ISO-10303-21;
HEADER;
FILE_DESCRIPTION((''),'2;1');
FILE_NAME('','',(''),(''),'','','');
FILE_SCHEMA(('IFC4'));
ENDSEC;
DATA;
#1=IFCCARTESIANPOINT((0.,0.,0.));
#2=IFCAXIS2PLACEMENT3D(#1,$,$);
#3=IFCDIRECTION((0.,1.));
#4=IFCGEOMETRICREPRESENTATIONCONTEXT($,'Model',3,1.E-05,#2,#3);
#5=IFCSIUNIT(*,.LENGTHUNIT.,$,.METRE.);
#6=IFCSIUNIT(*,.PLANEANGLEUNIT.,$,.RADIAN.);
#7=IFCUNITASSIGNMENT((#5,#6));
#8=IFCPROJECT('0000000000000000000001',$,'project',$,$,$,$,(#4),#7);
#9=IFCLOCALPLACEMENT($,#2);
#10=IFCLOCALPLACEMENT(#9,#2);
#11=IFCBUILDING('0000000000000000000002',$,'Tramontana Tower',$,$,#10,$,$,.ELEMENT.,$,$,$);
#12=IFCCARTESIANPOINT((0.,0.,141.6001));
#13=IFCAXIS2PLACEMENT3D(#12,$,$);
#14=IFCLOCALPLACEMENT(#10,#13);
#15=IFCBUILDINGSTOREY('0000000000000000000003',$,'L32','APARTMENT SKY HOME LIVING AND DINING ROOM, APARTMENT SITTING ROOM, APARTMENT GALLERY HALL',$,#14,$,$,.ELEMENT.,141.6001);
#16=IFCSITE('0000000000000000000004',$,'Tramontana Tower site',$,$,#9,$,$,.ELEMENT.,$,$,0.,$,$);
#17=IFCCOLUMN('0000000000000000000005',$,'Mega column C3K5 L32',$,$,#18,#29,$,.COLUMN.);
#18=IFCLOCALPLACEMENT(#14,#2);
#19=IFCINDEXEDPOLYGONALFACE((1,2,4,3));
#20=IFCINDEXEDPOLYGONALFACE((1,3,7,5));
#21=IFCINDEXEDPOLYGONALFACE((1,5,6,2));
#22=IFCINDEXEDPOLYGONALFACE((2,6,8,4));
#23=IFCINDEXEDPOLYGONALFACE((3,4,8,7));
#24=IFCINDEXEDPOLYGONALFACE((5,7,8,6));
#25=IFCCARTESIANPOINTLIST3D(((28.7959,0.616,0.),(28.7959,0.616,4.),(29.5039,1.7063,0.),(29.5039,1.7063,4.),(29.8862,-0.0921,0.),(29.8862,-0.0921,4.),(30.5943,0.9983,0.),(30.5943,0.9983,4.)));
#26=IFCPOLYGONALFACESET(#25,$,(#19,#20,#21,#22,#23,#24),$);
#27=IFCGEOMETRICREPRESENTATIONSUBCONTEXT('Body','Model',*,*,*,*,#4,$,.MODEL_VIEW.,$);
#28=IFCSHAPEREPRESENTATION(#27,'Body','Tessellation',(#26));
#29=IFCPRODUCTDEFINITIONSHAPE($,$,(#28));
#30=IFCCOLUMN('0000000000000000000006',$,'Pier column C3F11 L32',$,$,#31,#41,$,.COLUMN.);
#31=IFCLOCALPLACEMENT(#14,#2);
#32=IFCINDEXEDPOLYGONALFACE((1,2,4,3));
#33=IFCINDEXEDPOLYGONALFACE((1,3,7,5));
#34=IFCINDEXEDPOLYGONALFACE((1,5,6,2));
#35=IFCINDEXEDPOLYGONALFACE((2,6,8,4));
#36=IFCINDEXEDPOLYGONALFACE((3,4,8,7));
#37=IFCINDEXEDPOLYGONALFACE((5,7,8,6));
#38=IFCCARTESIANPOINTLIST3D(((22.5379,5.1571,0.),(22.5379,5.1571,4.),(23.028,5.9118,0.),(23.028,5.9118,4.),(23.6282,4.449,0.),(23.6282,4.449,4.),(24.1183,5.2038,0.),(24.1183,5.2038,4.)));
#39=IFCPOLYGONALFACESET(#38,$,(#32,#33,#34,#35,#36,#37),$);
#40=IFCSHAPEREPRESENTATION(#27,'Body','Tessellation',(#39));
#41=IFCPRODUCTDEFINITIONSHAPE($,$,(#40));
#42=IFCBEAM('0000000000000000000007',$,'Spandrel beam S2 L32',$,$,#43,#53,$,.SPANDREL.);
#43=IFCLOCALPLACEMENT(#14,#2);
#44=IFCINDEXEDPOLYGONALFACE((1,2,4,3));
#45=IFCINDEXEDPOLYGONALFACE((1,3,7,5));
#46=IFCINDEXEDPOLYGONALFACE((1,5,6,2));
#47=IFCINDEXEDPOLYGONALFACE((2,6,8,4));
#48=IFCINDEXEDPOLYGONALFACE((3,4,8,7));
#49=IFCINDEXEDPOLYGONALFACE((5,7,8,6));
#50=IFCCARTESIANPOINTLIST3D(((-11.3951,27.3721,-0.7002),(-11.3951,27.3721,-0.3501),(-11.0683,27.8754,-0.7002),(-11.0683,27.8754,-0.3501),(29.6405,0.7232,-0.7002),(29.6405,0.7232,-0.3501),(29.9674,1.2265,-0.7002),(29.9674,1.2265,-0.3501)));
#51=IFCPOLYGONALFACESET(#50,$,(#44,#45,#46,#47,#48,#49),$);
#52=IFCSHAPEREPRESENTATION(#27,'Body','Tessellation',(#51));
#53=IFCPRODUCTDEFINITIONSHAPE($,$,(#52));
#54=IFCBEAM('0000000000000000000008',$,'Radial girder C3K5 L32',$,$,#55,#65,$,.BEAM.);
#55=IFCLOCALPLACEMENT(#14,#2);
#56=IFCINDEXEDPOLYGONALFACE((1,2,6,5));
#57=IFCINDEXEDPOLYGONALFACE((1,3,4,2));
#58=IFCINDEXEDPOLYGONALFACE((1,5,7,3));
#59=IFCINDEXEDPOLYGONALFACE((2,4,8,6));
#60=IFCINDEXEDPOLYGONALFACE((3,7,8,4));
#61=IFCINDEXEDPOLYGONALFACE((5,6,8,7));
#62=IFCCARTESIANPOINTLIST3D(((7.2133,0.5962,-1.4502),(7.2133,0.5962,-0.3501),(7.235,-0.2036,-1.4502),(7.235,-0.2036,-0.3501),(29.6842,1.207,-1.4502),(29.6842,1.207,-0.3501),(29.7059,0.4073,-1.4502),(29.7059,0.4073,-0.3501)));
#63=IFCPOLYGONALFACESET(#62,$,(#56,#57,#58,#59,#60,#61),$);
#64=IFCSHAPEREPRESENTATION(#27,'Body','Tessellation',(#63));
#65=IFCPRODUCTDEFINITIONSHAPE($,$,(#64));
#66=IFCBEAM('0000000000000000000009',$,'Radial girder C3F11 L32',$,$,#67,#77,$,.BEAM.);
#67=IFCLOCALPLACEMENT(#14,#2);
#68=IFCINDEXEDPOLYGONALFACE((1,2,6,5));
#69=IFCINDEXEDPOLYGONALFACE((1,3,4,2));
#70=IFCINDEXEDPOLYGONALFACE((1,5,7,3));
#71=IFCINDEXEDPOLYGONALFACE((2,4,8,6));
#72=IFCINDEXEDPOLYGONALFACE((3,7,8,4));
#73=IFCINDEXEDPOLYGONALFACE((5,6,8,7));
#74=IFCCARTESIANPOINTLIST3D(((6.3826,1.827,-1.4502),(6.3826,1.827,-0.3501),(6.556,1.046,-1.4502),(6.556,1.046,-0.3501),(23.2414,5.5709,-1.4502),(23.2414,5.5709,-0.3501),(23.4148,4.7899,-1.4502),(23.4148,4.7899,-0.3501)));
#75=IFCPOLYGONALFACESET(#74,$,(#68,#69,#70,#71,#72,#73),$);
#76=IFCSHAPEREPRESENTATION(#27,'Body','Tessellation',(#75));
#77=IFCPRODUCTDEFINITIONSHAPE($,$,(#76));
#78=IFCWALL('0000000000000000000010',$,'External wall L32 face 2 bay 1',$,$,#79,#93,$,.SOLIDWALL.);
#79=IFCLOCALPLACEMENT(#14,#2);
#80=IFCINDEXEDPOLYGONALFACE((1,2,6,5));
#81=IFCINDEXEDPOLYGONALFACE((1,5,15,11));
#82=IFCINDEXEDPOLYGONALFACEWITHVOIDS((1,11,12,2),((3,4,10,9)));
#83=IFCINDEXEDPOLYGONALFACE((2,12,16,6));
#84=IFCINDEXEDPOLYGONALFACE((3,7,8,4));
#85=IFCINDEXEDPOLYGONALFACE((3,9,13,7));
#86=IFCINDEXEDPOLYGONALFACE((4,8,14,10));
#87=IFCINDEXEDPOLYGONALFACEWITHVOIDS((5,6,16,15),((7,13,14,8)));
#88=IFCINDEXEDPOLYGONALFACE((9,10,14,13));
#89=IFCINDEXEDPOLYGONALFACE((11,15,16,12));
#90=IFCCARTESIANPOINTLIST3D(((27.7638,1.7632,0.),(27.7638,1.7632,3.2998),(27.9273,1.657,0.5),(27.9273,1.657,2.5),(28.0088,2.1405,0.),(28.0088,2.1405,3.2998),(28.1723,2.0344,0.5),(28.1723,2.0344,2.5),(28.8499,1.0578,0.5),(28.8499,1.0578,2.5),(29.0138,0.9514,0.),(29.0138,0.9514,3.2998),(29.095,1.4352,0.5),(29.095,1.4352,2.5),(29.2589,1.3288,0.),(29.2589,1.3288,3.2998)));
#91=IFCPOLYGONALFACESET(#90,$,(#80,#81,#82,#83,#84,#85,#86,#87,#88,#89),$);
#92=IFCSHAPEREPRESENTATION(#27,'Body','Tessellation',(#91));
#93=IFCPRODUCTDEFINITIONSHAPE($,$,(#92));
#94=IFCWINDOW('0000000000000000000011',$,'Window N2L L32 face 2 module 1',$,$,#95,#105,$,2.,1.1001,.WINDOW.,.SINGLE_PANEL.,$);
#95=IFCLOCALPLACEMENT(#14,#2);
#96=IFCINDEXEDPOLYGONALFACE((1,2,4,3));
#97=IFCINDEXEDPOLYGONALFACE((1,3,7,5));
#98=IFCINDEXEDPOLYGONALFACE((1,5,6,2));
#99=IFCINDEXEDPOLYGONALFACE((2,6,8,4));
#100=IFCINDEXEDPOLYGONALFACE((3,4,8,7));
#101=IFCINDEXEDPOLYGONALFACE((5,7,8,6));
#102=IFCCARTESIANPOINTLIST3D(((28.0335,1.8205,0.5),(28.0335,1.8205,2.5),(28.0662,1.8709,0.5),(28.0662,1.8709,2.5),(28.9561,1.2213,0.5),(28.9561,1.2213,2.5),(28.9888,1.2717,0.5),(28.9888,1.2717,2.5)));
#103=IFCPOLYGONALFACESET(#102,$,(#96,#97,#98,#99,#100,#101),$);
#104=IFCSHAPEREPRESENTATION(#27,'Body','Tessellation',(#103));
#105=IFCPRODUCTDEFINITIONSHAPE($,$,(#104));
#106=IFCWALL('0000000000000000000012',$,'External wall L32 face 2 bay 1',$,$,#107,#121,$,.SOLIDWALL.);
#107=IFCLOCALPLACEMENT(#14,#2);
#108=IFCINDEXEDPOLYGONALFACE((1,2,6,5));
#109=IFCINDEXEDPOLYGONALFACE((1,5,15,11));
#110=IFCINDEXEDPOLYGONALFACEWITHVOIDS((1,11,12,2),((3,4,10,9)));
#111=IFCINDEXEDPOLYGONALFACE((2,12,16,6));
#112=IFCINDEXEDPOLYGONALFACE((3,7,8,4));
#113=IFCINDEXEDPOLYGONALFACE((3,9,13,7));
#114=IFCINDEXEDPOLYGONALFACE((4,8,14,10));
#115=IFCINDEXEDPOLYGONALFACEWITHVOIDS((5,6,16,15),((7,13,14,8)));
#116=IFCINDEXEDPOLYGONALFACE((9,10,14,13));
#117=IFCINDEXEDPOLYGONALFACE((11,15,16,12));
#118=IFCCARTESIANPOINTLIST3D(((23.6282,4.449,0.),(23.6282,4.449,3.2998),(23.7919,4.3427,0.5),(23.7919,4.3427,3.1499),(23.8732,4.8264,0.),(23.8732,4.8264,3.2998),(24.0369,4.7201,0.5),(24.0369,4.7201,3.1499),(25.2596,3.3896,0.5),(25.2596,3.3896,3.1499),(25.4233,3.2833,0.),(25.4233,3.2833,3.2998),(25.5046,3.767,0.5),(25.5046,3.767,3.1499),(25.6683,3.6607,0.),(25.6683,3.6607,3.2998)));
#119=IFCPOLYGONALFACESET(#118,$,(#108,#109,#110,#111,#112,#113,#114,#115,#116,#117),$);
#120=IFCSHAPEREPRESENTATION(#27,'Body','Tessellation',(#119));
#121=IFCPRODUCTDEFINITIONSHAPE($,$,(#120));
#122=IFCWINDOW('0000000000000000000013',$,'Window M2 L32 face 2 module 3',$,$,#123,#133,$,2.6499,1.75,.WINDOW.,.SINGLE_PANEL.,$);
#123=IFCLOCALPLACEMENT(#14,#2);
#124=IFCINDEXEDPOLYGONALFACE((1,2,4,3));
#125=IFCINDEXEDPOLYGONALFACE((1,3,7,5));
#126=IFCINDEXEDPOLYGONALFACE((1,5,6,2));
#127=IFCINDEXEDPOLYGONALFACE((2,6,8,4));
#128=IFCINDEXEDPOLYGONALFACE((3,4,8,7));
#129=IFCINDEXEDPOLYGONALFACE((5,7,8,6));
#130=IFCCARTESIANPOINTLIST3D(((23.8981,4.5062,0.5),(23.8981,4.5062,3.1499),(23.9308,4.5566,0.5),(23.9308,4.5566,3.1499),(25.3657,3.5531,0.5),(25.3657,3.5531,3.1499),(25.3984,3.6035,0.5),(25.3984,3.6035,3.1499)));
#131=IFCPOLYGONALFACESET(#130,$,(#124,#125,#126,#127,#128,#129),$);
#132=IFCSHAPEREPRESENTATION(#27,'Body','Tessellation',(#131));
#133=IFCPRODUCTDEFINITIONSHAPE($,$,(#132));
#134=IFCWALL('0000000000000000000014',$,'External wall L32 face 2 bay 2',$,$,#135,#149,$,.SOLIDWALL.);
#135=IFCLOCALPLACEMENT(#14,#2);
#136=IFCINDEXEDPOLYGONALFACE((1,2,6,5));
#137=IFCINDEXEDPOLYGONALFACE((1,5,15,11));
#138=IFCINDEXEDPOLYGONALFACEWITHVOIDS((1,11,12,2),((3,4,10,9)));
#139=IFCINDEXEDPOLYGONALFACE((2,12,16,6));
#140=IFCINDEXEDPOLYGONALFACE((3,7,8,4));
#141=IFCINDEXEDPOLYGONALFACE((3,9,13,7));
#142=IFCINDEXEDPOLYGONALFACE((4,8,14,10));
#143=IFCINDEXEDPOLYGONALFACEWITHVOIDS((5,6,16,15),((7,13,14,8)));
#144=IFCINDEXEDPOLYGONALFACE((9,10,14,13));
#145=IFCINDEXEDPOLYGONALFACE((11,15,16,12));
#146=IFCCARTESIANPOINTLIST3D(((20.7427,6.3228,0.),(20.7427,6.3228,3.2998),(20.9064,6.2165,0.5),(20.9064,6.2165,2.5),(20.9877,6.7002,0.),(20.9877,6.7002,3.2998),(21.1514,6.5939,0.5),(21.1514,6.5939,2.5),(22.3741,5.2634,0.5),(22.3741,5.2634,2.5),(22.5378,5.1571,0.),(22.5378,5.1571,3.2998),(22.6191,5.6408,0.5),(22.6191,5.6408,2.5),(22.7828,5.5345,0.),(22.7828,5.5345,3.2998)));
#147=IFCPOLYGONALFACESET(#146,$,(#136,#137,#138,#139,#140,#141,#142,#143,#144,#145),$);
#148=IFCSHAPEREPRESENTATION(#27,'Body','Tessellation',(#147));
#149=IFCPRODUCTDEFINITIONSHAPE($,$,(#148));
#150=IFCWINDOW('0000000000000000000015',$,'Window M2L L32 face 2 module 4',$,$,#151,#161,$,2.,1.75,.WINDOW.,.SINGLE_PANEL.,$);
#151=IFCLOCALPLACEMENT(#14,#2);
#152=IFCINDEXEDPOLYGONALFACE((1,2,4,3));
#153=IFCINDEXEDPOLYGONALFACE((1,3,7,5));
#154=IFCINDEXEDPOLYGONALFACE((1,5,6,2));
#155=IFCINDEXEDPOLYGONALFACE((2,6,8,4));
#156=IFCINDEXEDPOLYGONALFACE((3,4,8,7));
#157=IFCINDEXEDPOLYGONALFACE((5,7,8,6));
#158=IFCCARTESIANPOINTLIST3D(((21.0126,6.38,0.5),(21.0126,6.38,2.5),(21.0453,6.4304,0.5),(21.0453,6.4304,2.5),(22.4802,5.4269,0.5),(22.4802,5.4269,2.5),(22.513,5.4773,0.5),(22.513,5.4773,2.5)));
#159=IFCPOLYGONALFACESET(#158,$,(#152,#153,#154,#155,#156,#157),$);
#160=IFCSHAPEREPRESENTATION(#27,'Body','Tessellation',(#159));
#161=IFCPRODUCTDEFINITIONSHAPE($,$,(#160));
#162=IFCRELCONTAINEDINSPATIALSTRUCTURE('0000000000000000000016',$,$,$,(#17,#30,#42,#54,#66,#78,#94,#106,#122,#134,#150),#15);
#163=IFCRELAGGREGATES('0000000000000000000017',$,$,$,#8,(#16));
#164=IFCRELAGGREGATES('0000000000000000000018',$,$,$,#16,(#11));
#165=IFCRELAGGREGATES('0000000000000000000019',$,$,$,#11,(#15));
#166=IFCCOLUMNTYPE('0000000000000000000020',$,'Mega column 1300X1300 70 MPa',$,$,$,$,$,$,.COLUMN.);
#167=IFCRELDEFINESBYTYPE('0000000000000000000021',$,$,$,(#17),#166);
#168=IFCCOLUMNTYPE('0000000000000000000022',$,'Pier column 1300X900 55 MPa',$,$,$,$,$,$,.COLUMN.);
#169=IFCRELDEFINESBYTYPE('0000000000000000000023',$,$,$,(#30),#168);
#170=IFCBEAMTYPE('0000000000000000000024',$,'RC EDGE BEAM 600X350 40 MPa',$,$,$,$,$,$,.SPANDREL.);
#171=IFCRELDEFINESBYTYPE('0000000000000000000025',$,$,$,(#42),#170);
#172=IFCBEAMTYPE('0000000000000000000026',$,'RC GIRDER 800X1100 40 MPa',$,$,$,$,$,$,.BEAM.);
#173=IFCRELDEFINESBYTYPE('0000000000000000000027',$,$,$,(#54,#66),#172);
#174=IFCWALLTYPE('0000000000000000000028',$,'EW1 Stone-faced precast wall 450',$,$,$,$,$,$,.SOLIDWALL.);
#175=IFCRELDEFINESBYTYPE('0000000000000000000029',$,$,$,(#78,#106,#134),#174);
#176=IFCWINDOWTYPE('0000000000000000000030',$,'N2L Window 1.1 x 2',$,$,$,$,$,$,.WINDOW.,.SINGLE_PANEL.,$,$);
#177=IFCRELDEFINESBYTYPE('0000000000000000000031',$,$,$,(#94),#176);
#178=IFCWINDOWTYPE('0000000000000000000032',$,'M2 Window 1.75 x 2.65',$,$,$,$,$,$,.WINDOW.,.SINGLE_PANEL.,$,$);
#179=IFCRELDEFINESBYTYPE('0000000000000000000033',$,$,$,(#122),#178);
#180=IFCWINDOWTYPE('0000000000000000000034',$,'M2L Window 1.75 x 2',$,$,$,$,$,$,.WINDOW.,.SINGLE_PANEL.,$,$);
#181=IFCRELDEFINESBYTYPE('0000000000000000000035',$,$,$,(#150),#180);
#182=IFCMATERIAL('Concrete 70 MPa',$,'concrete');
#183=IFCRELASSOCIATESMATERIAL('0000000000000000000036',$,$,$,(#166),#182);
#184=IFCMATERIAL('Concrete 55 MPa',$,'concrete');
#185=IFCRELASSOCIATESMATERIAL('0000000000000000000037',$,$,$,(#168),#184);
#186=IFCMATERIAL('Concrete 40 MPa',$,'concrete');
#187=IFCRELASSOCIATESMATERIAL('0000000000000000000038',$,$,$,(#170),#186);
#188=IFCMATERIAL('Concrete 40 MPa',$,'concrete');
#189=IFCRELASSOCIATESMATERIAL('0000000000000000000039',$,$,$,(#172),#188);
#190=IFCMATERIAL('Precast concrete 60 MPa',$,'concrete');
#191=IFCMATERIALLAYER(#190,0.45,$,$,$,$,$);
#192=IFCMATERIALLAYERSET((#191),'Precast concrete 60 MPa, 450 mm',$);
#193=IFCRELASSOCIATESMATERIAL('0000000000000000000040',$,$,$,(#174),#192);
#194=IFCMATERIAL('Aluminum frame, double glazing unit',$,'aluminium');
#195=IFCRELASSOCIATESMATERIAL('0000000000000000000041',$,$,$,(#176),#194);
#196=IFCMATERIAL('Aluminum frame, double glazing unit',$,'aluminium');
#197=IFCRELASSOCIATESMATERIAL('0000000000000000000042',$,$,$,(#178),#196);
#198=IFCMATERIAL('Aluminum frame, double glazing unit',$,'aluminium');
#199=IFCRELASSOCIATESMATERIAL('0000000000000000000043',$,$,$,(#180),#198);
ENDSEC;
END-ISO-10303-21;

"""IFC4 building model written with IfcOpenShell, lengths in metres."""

from ifc_helpers import new_model, si_unit, direction, frame, frame_2d, origin, origin_2d, place, context, subcontext, project, spatial, rectangle, extrude, material, layer, layer_set, material_profile, profile_set, type_object, element, fill, save


model = new_model("IFC4")

# Units and contexts
model_context = context("Model", 3, precision=1e-05, world=origin(), true_north=direction((0.0, 1.0)))
body_context = subcontext(model_context, "Body", "Model", "MODEL_VIEW")
ifc_project = project(units=[si_unit("LENGTHUNIT", "METRE"), si_unit("PLANEANGLEUNIT", "RADIAN")], contexts=[model_context])

# Site, building, storey
site_placement = place(None, origin())
site = spatial("IfcSite", under=ifc_project, at=site_placement, Name="Tramontana Tower site", CompositionType="ELEMENT", RefElevation=0.0)
building_placement = place(site_placement, origin())
building = spatial("IfcBuilding", under=site, at=building_placement, Name="Tramontana Tower", CompositionType="ELEMENT")
storey_placement = place(building_placement, frame((0.0, 0.0, 141.6001)))
storey = spatial("IfcBuildingStorey", under=building, at=storey_placement, Name="L32", Description="APARTMENT SKY HOME LIVING AND DINING ROOM, APARTMENT SITTING ROOM, APARTMENT GALLERY HALL", CompositionType="ELEMENT", Elevation=141.6001)

# Columns
ifc_material_1 = material(Name="Concrete 70 MPa", Category="concrete")
ifc_material_profile_1 = material_profile(ifc_material_1, rectangle(XDim=1.3, YDim=1.3, at=origin_2d()), Name="Mega column 1300X1300 70 MPa")
ifc_profile_set_1 = profile_set([ifc_material_profile_1], Name="Concrete 70 MPa")
column_type_1 = type_object("IfcColumnType", Name="Mega column 1300X1300 70 MPa", PredefinedType="COLUMN", material=ifc_profile_set_1)
column_1_placement = place(storey_placement, frame((29.6951, 0.8071, 0.0), z_axis=(0.0, 0.0, 1.0), x_axis=(-0.838671, 0.544639, 0.0)))
element("IfcColumn", 1, at=column_1_placement, inside=storey, type_object=column_type_1, Name="Mega column C3K5 L32", PredefinedType="COLUMN", context=body_context, shape_type="SweptSolid", body=[
    extrude(rectangle(XDim=1.3, YDim=1.3, at=origin_2d()), origin(), (0.0, 0.0, 1.0), 4.0),
])
ifc_material_2 = material(Name="Concrete 55 MPa", Category="concrete")
ifc_material_profile_2 = material_profile(ifc_material_2, rectangle(XDim=1.3, YDim=0.8999, at=origin_2d()), Name="Pier column 1300X900 55 MPa")
ifc_profile_set_2 = profile_set([ifc_material_profile_2], Name="Concrete 55 MPa")
column_type_2 = type_object("IfcColumnType", Name="Pier column 1300X900 55 MPa", PredefinedType="COLUMN", material=ifc_profile_set_2)
column_2_placement = place(storey_placement, frame((23.3281, 5.1804, 0.0), z_axis=(0.0, 0.0, 1.0), x_axis=(-0.838671, 0.544639, 0.0)))
element("IfcColumn", 2, at=column_2_placement, inside=storey, type_object=column_type_2, Name="Pier column C3F11 L32", PredefinedType="COLUMN", context=body_context, shape_type="SweptSolid", body=[
    extrude(rectangle(XDim=1.3, YDim=0.8999, at=origin_2d()), origin(), (0.0, 0.0, 1.0), 4.0),
])

# Beams
ifc_material_3 = material(Name="Concrete 40 MPa", Category="concrete")
ifc_material_profile_3 = material_profile(ifc_material_3, rectangle(XDim=0.6001, YDim=0.3501, at=origin_2d()), Name="RC EDGE BEAM 600X350 40 MPa")
ifc_profile_set_3 = profile_set([ifc_material_profile_3], Name="Concrete 40 MPa")
beam_type_1 = type_object("IfcBeamType", Name="RC EDGE BEAM 600X350 40 MPa", PredefinedType="SPANDREL", material=ifc_profile_set_3)
beam_1_placement = place(storey_placement, frame((29.804, 0.9749, -0.5251), z_axis=(-0.83867, 0.54464, 0.0), x_axis=(-0.54464, -0.83867, 0.0)))
element("IfcBeam", 3, at=beam_1_placement, inside=storey, type_object=beam_type_1, Name="Spandrel beam S2 L32", PredefinedType="SPANDREL", context=body_context, shape_type="SweptSolid", body=[
    extrude(rectangle(XDim=0.6001, YDim=0.3501, at=origin_2d()), origin(), (0.0, 0.0, 1.0), 48.9294),
])
ifc_material_4 = material(Name="Concrete 40 MPa", Category="concrete")
ifc_material_profile_4 = material_profile(ifc_material_4, rectangle(XDim=0.8, YDim=1.1001, at=origin_2d()), Name="RC GIRDER 800X1100 40 MPa")
ifc_profile_set_4 = profile_set([ifc_material_profile_4], Name="Concrete 40 MPa")
beam_type_2 = type_object("IfcBeamType", Name="RC GIRDER 800X1100 40 MPa", PredefinedType="BEAM", material=ifc_profile_set_4)
beam_2_placement = place(storey_placement, frame((29.6951, 0.8071, -0.9001), z_axis=(-0.999631, -0.027173, 0.0), x_axis=(0.027173, -0.999631, 0.0)))
element("IfcBeam", 4, at=beam_2_placement, inside=storey, type_object=beam_type_2, Name="Radial girder C3K5 L32", PredefinedType="BEAM", context=body_context, shape_type="SweptSolid", body=[
    extrude(rectangle(XDim=0.8, YDim=1.1001, at=origin_2d()), origin(), (0.0, 0.0, 1.0), 22.4792),
])
beam_3_placement = place(storey_placement, frame((23.3281, 5.1804, -0.9001), z_axis=(-0.976218, -0.216791, 0.0), x_axis=(0.216791, -0.976218, 0.0)))
element("IfcBeam", 5, at=beam_3_placement, inside=storey, type_object=beam_type_2, Name="Radial girder C3F11 L32", PredefinedType="BEAM", context=body_context, shape_type="SweptSolid", body=[
    extrude(rectangle(XDim=0.8, YDim=1.1001, at=origin_2d()), origin(), (0.0, 0.0, 1.0), 17.2695),
])

# Walls, openings, windows
ifc_material_5 = material(Name="Precast concrete 60 MPa", Category="concrete")
ifc_layer_1 = layer(ifc_material_5, 0.45)
ifc_layer_set_1 = layer_set([ifc_layer_1], Name="Precast concrete 60 MPa, 450 mm")
wall_type_1 = type_object("IfcWallType", Name="EW1 Stone-faced precast wall 450", PredefinedType="SOLIDWALL", material=ifc_layer_set_1)
wall_1_placement = place(storey_placement, frame((29.1362, 1.1401, 0.0), z_axis=(0.0, 0.0, 1.0), x_axis=(-0.838668, 0.544643, 0.0)))
wall_1 = element("IfcWall", 6, at=wall_1_placement, inside=storey, type_object=wall_type_1, Name="External wall L32 face 2 bay 1", PredefinedType="SOLIDWALL", context=body_context, shape_type="SweptSolid", body=[
    extrude(rectangle(XDim=1.4905, YDim=0.45, at=frame_2d((0.7451, 0.0))), origin(), (0.0, 0.0, 1.0), 3.2998),
])
opening_1_placement = place(wall_1_placement, frame((0.1953, 0.0, 0.5)))
opening_1 = element("IfcOpeningElement", 7, at=opening_1_placement, cuts=wall_1, PredefinedType="OPENING", context=body_context, shape_type="SweptSolid", body=[
    extrude(rectangle(XDim=1.1001, YDim=2.0, at=frame_2d((0.55, 1.0))), frame((0.0, 0.2349, 0.0), z_axis=(0.0, -1.0, 0.0), x_axis=(1.0, 0.0, 0.0)), (0.0, 0.0, 1.0), 0.47),
])
ifc_material_6 = material(Name="Aluminum frame, double glazing unit", Category="aluminium")
window_type_1 = type_object("IfcWindowType", Name="N2L Window 1.1 x 2", PartitioningType="SINGLE_PANEL", PredefinedType="WINDOW", material=ifc_material_6)
window_1_placement = place(opening_1_placement, origin())
window_1 = element("IfcWindow", 8, at=window_1_placement, inside=storey, type_object=window_type_1, Name="Window N2L L32 face 2 module 1", OverallHeight=2.0, OverallWidth=1.1001, PartitioningType="SINGLE_PANEL", PredefinedType="WINDOW", context=body_context, shape_type="SweptSolid", body=[
    extrude(rectangle(XDim=1.1001, YDim=2.0, at=frame_2d((0.55, 1.0))), frame((0.0, 0.03, 0.0), z_axis=(0.0, -1.0, 0.0), x_axis=(1.0, 0.0, 0.0)), (0.0, 0.0, 1.0), 0.0601),
])
fill(opening_1, window_1)
wall_2_placement = place(storey_placement, frame((25.5459, 3.4719, 0.0), z_axis=(0.0, 0.0, 1.0), x_axis=(-0.838675, 0.544631, 0.0)))
wall_2 = element("IfcWall", 9, at=wall_2_placement, inside=storey, type_object=wall_type_1, Name="External wall L32 face 2 bay 1", PredefinedType="SOLIDWALL", context=body_context, shape_type="SweptSolid", body=[
    extrude(rectangle(XDim=2.1404, YDim=0.45, at=frame_2d((1.0703, 0.0))), origin(), (0.0, 0.0, 1.0), 3.2998),
])
opening_2_placement = place(wall_2_placement, frame((0.1953, 0.0, 0.5)))
opening_2 = element("IfcOpeningElement", 10, at=opening_2_placement, cuts=wall_2, PredefinedType="OPENING", context=body_context, shape_type="SweptSolid", body=[
    extrude(rectangle(XDim=1.75, YDim=2.6499, at=frame_2d((0.875, 1.325))), frame((0.0, 0.2349, 0.0), z_axis=(0.0, -1.0, 0.0), x_axis=(1.0, 0.0, 0.0)), (0.0, 0.0, 1.0), 0.47),
])
ifc_material_7 = material(Name="Aluminum frame, double glazing unit", Category="aluminium")
window_type_2 = type_object("IfcWindowType", Name="M2 Window 1.75 x 2.65", PartitioningType="SINGLE_PANEL", PredefinedType="WINDOW", material=ifc_material_7)
window_2_placement = place(opening_2_placement, origin())
window_2 = element("IfcWindow", 11, at=window_2_placement, inside=storey, type_object=window_type_2, Name="Window M2 L32 face 2 module 3", OverallHeight=2.6499, OverallWidth=1.75, PartitioningType="SINGLE_PANEL", PredefinedType="WINDOW", context=body_context, shape_type="SweptSolid", body=[
    extrude(rectangle(XDim=1.75, YDim=2.6499, at=frame_2d((0.875, 1.325))), frame((0.0, 0.03, 0.0), z_axis=(0.0, -1.0, 0.0), x_axis=(1.0, 0.0, 0.0)), (0.0, 0.0, 1.0), 0.0601),
])
fill(opening_2, window_2)
wall_3_placement = place(storey_placement, frame((22.6604, 5.3457, 0.0), z_axis=(0.0, 0.0, 1.0), x_axis=(-0.838675, 0.544631, 0.0)))
wall_3 = element("IfcWall", 12, at=wall_3_placement, inside=storey, type_object=wall_type_1, Name="External wall L32 face 2 bay 2", PredefinedType="SOLIDWALL", context=body_context, shape_type="SweptSolid", body=[
    extrude(rectangle(XDim=2.1404, YDim=0.45, at=frame_2d((1.0703, 0.0))), origin(), (0.0, 0.0, 1.0), 3.2998),
])
opening_3_placement = place(wall_3_placement, frame((0.1953, 0.0, 0.5)))
opening_3 = element("IfcOpeningElement", 13, at=opening_3_placement, cuts=wall_3, PredefinedType="OPENING", context=body_context, shape_type="SweptSolid", body=[
    extrude(rectangle(XDim=1.75, YDim=2.0, at=frame_2d((0.875, 1.0))), frame((0.0, 0.2349, 0.0), z_axis=(0.0, -1.0, 0.0), x_axis=(1.0, 0.0, 0.0)), (0.0, 0.0, 1.0), 0.47),
])
ifc_material_8 = material(Name="Aluminum frame, double glazing unit", Category="aluminium")
window_type_3 = type_object("IfcWindowType", Name="M2L Window 1.75 x 2", PartitioningType="SINGLE_PANEL", PredefinedType="WINDOW", material=ifc_material_8)
window_3_placement = place(opening_3_placement, origin())
window_3 = element("IfcWindow", 14, at=window_3_placement, inside=storey, type_object=window_type_3, Name="Window M2L L32 face 2 module 4", OverallHeight=2.0, OverallWidth=1.75, PartitioningType="SINGLE_PANEL", PredefinedType="WINDOW", context=body_context, shape_type="SweptSolid", body=[
    extrude(rectangle(XDim=1.75, YDim=2.0, at=frame_2d((0.875, 1.0))), frame((0.0, 0.03, 0.0), z_axis=(0.0, -1.0, 0.0), x_axis=(1.0, 0.0, 0.0)), (0.0, 0.0, 1.0), 0.0601),
])
fill(opening_3, window_3)

save(model, "model.ifc")
